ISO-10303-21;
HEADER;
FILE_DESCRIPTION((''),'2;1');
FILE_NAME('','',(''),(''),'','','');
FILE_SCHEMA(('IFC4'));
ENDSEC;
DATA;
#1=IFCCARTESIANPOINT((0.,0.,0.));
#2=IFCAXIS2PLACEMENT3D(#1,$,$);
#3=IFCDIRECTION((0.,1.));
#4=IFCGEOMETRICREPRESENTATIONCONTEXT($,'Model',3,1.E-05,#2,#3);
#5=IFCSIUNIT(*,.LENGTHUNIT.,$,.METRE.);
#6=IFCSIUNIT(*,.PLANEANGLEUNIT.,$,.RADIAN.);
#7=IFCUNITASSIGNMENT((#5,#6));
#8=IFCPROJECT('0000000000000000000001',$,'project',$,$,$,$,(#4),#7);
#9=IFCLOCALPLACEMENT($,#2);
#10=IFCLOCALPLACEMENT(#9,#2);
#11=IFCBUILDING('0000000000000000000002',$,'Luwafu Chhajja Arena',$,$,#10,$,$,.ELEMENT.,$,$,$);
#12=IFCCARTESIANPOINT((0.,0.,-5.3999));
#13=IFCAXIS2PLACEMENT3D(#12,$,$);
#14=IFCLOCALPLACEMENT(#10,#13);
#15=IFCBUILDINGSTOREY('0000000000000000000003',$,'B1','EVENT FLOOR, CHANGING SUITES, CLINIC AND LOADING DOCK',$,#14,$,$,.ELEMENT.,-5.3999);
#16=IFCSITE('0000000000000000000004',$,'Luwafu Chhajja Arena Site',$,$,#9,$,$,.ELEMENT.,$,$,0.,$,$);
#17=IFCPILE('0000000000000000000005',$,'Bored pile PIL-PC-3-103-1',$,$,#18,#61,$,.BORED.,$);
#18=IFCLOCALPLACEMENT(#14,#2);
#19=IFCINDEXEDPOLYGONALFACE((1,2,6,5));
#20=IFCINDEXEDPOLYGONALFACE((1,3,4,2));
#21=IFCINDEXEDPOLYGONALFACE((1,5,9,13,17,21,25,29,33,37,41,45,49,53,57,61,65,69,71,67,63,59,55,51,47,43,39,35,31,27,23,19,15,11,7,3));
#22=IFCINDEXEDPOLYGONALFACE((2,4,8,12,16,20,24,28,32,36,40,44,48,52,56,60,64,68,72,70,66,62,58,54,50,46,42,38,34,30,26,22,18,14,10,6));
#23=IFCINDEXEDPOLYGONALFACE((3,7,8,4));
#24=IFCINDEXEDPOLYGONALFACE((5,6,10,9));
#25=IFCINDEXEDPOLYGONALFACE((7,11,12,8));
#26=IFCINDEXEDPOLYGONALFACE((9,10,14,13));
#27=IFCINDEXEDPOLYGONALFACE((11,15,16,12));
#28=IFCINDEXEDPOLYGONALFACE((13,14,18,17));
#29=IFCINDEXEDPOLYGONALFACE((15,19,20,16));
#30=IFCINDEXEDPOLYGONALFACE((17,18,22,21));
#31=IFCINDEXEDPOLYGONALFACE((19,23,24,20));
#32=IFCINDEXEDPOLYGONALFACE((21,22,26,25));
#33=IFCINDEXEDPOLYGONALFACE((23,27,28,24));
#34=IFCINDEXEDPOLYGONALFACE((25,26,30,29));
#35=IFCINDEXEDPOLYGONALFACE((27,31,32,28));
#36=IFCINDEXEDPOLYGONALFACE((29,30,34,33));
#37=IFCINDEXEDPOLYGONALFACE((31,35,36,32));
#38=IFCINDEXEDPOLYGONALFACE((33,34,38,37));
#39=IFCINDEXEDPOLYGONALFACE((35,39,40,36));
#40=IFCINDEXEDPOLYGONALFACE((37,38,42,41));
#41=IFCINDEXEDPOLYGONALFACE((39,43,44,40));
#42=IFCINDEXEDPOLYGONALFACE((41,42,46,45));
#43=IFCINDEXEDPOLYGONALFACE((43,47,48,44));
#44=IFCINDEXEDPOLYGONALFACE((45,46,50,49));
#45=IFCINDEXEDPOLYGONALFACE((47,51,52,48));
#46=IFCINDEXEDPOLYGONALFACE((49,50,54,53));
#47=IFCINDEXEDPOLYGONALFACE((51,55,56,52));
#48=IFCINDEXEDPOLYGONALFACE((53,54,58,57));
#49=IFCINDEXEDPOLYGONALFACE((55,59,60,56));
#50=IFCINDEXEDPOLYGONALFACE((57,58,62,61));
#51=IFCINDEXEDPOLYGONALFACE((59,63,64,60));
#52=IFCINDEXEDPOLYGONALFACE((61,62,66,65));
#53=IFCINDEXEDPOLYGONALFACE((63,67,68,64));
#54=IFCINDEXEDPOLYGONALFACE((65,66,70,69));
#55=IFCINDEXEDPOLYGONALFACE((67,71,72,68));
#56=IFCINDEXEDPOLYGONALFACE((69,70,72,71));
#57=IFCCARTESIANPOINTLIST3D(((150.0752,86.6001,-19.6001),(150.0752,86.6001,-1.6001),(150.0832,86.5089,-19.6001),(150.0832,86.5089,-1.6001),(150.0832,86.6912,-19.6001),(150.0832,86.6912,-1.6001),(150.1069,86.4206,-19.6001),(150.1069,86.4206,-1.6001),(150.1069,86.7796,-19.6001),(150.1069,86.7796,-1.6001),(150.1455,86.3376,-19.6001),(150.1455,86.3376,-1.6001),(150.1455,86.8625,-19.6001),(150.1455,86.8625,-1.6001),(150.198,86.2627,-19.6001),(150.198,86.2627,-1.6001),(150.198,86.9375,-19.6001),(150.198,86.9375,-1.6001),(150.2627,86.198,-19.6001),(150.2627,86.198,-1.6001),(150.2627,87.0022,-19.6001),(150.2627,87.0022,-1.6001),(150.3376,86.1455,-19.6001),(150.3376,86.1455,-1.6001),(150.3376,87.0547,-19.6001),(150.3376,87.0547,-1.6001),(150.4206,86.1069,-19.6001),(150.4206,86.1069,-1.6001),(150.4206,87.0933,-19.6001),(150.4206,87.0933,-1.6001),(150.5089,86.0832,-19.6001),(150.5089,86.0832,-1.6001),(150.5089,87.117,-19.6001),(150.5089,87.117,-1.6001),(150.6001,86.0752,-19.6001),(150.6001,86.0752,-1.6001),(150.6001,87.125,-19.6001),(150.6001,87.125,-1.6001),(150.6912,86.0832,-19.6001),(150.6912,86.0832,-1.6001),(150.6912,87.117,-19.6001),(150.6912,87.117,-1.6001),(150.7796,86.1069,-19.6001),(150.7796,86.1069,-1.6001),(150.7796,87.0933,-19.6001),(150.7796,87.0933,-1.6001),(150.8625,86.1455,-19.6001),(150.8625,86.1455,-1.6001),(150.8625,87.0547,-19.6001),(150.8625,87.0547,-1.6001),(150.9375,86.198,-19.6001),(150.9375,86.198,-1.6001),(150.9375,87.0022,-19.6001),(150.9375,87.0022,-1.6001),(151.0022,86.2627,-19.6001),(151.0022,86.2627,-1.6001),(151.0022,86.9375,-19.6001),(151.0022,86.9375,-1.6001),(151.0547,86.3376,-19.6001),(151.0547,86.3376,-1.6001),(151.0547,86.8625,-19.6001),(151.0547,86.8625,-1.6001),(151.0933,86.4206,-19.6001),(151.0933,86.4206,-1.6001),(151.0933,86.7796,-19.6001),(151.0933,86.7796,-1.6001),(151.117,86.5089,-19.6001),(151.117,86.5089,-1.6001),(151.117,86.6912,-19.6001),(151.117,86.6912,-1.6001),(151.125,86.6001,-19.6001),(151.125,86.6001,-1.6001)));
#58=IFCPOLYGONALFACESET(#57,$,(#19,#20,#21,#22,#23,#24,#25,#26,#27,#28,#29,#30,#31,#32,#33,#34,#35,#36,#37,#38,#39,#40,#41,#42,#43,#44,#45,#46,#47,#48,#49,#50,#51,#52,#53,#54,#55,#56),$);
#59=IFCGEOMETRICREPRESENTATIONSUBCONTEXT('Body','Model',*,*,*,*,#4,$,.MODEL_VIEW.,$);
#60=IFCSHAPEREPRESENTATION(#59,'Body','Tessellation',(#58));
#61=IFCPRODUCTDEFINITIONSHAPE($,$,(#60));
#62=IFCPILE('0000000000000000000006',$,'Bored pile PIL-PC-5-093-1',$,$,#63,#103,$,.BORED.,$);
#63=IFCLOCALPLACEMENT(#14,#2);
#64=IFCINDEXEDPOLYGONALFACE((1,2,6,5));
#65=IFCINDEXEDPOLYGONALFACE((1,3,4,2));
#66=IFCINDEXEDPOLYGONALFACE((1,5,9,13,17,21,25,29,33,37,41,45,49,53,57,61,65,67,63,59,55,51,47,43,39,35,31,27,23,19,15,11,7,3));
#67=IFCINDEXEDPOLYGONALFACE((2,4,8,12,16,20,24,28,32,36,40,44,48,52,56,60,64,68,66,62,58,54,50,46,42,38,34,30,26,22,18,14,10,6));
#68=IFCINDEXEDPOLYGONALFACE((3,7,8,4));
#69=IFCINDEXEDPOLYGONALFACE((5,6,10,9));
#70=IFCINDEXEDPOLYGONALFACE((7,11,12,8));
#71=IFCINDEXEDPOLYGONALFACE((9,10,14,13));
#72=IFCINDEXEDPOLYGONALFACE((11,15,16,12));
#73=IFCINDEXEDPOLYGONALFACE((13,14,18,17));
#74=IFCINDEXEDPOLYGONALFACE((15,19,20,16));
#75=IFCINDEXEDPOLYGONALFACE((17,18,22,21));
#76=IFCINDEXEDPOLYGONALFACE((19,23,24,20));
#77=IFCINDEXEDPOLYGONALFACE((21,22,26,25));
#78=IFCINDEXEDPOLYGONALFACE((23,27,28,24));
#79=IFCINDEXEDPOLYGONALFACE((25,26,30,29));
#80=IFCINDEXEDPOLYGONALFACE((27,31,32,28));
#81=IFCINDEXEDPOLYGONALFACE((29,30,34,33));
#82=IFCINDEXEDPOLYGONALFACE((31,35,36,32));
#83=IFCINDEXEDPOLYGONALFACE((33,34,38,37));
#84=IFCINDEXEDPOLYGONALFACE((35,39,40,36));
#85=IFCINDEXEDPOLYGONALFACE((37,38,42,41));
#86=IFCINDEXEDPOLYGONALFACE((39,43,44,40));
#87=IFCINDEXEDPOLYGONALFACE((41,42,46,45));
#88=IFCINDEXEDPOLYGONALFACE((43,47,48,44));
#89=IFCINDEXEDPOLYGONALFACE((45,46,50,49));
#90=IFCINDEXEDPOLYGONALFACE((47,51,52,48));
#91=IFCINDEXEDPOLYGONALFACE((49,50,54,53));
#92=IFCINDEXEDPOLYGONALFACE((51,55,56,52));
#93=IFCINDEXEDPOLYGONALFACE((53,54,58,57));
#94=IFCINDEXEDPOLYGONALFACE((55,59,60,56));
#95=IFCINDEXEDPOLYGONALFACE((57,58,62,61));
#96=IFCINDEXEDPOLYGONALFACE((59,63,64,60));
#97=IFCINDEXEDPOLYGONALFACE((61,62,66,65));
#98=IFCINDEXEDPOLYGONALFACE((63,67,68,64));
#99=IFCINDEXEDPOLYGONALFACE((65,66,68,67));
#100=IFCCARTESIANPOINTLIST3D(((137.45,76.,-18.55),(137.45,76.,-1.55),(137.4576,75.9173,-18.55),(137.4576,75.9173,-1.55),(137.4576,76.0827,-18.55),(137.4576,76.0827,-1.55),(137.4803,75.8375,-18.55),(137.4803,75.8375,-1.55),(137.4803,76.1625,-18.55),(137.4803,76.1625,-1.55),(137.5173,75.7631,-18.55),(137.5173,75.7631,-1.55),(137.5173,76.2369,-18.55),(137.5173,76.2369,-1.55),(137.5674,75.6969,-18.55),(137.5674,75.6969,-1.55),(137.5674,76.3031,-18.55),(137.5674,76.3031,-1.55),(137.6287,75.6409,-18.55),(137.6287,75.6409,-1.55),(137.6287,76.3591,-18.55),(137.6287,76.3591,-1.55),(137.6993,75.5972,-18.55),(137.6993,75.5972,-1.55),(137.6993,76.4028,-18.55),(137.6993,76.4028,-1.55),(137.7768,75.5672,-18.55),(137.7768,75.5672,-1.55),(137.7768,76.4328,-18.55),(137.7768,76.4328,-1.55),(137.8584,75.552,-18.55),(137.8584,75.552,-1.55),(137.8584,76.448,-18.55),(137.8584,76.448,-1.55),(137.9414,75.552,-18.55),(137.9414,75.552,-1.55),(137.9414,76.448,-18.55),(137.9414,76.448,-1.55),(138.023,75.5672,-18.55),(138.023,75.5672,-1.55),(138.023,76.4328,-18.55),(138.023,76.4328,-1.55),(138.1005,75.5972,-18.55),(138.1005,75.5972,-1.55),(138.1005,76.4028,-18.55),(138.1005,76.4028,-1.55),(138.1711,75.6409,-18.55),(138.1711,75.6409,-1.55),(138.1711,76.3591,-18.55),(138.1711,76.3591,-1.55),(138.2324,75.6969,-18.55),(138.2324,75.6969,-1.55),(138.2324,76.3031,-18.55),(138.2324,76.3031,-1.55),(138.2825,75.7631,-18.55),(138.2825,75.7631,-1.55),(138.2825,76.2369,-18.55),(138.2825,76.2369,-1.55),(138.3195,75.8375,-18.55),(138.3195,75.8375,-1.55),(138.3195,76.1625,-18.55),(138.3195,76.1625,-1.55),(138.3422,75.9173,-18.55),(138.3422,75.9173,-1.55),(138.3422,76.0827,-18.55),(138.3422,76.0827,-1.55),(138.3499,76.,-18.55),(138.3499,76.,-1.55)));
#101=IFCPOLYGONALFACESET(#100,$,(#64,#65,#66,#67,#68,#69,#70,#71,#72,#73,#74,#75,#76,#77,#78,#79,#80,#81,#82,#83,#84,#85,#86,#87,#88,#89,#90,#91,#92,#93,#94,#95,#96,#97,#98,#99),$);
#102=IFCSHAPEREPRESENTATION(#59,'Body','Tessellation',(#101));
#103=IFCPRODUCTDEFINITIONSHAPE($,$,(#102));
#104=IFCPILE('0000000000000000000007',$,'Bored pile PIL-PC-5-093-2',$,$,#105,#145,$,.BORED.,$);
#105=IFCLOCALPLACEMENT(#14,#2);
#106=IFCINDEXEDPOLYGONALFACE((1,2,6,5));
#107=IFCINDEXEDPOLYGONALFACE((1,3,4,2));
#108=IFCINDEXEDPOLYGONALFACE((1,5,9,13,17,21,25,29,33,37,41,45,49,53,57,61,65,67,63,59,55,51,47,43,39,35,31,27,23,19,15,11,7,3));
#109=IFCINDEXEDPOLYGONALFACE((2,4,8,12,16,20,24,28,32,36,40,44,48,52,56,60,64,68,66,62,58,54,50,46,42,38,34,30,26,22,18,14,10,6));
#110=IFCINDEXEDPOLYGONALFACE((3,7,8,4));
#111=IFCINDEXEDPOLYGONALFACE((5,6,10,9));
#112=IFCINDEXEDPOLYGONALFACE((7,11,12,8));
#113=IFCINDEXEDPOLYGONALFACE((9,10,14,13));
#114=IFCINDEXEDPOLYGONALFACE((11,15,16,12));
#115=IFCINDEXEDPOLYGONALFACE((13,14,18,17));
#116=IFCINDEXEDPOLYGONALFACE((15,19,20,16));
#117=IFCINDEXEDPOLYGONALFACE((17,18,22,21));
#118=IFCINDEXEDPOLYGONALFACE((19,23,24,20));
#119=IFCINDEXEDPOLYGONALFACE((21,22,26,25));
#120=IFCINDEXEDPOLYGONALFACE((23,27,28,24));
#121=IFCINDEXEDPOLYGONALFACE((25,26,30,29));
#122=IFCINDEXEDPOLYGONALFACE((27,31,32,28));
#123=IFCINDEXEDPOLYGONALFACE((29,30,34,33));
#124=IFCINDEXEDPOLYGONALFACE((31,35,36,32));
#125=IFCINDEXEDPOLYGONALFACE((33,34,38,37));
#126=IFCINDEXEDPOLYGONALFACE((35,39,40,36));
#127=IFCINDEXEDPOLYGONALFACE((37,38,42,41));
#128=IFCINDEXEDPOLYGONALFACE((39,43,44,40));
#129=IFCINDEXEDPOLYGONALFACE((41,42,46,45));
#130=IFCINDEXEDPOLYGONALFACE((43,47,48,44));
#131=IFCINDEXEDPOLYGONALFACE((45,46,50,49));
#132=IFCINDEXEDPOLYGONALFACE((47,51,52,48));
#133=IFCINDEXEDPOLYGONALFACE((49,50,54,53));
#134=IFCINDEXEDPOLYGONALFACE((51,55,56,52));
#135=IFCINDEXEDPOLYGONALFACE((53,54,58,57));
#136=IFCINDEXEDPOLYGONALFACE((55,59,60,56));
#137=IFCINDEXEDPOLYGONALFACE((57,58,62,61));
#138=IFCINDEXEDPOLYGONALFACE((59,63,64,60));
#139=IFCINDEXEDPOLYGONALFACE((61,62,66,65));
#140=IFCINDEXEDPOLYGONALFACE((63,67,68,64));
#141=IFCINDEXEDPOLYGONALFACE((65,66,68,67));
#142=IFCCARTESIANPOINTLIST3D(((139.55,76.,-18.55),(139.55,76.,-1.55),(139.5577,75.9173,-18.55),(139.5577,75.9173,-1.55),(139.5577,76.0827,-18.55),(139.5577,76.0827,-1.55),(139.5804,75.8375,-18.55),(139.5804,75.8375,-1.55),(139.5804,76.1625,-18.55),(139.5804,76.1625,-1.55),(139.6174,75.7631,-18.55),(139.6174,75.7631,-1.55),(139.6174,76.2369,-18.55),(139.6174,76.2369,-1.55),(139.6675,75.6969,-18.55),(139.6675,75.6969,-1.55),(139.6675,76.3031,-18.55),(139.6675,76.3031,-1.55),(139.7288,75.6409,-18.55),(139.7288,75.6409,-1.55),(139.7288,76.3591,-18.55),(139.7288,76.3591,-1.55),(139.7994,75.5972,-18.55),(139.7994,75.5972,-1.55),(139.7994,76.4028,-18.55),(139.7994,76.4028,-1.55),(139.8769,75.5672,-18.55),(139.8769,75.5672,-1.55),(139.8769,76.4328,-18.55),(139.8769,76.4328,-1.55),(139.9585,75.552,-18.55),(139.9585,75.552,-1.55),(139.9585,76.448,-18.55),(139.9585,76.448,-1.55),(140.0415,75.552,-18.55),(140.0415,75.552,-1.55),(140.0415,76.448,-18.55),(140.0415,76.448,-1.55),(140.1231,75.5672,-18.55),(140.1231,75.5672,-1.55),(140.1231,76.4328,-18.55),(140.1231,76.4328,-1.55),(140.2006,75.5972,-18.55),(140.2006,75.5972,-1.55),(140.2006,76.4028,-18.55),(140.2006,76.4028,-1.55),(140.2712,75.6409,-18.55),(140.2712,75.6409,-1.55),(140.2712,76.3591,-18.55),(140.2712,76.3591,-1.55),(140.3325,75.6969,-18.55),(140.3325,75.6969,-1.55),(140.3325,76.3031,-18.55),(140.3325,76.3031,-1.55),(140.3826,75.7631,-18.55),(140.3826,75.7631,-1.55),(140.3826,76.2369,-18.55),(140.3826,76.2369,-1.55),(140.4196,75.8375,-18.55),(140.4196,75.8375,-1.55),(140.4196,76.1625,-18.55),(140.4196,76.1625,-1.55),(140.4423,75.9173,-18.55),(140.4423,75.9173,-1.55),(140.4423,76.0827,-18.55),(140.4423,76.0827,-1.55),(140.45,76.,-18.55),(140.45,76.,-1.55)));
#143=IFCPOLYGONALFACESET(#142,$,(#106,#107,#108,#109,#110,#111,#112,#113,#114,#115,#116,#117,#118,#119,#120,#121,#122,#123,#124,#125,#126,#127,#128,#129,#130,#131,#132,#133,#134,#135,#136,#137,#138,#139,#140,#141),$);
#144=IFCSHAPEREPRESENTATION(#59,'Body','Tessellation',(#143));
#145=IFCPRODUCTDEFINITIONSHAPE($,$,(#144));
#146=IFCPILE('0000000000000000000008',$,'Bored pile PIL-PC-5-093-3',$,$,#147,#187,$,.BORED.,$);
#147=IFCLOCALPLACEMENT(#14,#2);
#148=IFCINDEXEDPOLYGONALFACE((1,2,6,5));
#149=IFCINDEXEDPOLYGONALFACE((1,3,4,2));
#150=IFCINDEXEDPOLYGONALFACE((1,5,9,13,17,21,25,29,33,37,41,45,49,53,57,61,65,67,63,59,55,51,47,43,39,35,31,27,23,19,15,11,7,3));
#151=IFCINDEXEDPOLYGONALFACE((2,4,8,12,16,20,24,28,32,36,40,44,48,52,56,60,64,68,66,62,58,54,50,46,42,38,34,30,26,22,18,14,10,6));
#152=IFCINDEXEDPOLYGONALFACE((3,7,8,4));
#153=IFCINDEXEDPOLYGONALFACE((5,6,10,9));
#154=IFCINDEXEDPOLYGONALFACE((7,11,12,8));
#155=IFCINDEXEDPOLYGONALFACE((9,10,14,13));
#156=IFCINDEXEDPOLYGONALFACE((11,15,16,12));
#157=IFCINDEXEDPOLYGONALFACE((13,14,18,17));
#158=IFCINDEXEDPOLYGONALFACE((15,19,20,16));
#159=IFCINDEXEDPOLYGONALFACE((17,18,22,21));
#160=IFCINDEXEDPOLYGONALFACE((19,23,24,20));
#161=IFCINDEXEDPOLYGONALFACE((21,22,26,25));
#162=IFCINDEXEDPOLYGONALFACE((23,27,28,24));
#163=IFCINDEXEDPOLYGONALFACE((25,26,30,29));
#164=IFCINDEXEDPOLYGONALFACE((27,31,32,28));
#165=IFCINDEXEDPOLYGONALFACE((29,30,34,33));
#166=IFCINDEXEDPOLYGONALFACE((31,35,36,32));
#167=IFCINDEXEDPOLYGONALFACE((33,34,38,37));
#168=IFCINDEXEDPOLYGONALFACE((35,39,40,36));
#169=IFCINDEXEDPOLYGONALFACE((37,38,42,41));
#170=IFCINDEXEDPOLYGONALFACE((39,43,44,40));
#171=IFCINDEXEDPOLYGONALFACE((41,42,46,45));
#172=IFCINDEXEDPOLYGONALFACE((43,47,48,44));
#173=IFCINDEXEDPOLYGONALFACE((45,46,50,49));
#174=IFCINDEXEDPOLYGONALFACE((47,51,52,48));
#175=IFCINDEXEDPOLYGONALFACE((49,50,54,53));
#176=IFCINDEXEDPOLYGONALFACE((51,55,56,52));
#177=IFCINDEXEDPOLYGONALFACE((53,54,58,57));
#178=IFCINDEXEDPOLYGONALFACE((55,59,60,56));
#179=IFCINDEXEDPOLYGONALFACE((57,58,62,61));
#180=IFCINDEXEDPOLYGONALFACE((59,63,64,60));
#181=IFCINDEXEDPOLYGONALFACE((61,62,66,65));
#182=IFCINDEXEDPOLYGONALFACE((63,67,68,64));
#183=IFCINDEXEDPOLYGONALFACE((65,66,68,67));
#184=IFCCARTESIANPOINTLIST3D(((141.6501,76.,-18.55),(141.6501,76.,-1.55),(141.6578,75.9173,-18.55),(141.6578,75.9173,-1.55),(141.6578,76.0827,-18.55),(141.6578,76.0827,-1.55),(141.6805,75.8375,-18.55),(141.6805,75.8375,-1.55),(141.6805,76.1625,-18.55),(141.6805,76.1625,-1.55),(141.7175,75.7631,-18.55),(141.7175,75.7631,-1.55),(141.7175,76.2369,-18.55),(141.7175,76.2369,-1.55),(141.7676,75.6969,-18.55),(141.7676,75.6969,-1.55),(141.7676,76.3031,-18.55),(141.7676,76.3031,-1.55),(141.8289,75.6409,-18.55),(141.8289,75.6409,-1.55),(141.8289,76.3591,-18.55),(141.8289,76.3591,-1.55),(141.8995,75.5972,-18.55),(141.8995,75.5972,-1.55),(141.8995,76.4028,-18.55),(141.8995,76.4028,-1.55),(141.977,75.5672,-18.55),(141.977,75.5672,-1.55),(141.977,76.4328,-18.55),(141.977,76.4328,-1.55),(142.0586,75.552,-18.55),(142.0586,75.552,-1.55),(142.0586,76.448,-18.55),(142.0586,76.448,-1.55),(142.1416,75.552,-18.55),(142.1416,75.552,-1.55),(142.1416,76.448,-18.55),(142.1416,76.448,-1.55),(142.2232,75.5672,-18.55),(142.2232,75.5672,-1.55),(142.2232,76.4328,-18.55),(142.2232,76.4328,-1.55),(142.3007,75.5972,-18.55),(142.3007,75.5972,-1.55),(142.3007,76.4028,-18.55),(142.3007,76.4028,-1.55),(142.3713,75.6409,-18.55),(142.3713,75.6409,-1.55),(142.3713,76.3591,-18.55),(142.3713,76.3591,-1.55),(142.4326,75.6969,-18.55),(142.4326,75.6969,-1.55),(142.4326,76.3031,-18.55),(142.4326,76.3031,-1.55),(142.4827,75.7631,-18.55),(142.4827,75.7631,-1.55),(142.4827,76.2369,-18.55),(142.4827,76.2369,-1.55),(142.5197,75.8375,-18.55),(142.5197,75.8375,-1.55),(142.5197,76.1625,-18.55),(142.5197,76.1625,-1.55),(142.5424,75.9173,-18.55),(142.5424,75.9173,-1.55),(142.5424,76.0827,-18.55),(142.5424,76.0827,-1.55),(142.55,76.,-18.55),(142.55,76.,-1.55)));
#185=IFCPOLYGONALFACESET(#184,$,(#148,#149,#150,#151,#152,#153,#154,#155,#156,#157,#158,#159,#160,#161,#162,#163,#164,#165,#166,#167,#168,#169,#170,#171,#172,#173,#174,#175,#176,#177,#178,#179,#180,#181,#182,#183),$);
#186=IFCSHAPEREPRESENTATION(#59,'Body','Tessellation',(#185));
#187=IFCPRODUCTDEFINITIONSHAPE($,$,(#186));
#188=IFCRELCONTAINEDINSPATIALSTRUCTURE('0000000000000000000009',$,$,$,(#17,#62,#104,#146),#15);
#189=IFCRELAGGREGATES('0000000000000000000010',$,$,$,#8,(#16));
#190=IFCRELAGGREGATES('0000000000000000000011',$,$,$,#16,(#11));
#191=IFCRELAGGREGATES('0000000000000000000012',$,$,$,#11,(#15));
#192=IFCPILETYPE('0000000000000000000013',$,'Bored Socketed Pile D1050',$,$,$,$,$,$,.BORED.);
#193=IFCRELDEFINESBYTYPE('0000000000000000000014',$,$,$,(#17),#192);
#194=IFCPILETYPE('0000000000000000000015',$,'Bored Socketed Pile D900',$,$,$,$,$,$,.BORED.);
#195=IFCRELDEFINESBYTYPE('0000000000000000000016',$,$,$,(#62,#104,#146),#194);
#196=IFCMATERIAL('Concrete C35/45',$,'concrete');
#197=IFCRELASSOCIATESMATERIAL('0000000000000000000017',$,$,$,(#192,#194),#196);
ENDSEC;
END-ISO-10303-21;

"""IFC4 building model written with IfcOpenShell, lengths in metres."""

from ifc_helpers import new_model, si_unit, direction, frame, origin, origin_2d, place, context, subcontext, project, spatial, circle, extrude, material, material_profile, profile_set, type_object, element, save


model = new_model("IFC4")

# Units and contexts
model_context = context("Model", 3, precision=1e-05, world=origin(), true_north=direction((0.0, 1.0)))
body_context = subcontext(model_context, "Body", "Model", "MODEL_VIEW")
ifc_project = project(units=[si_unit("LENGTHUNIT", "METRE"), si_unit("PLANEANGLEUNIT", "RADIAN")], contexts=[model_context])

# Site, building, storey
site_placement = place(None, origin())
site = spatial("IfcSite", under=ifc_project, at=site_placement, Name="Luwafu Chhajja Arena Site", CompositionType="ELEMENT", RefElevation=0.0)
building_placement = place(site_placement, origin())
building = spatial("IfcBuilding", under=site, at=building_placement, Name="Luwafu Chhajja Arena", CompositionType="ELEMENT")
storey_placement = place(building_placement, frame((0.0, 0.0, -5.3999)))
storey = spatial("IfcBuildingStorey", under=building, at=storey_placement, Name="B1", Description="EVENT FLOOR, CHANGING SUITES, CLINIC AND LOADING DOCK", CompositionType="ELEMENT", Elevation=-5.3999)

# Piles
ifc_material_1 = material(Name="Concrete C35/45", Category="concrete")
ifc_material_profile_1 = material_profile(ifc_material_1, circle(Radius=0.5249, at=origin_2d()), Name="PILE D1050")
ifc_profile_set_1 = profile_set([ifc_material_profile_1], Name="Concrete C35/45")
pile_type_1 = type_object("IfcPileType", Name="Bored Socketed Pile D1050", PredefinedType="BORED", material=ifc_profile_set_1)
for number, where, z_axis, x_axis, name in (
    (1, (150.6001, 86.6001, -1.6001), (0.0, 0.0, -1.0), (1.0, 0.0, 0.0), "Bored pile PIL-PC-3-103-1"),
):
    element("IfcPile", number, at=place(storey_placement, frame(where, z_axis=z_axis, x_axis=x_axis)), inside=storey, type_object=pile_type_1, Name=name, PredefinedType="BORED", context=body_context, shape_type="SweptSolid", body=[
        extrude(circle(Radius=0.5249, at=origin_2d()), origin(), (0.0, 0.0, 1.0), 18.0),
    ])
ifc_material_profile_2 = material_profile(ifc_material_1, circle(Radius=0.45, at=origin_2d()), Name="PILE D900")
ifc_profile_set_2 = profile_set([ifc_material_profile_2], Name="Concrete C35/45")
pile_type_2 = type_object("IfcPileType", Name="Bored Socketed Pile D900", PredefinedType="BORED", material=ifc_profile_set_2)
for number, where, z_axis, x_axis, name in (
    (2, (137.8999, 76.0, -1.55), (0.0, 0.0, -1.0), (1.0, 0.0, 0.0), "Bored pile PIL-PC-5-093-1"),
    (3, (140.0, 76.0, -1.55), (0.0, 0.0, -1.0), (1.0, 0.0, 0.0), "Bored pile PIL-PC-5-093-2"),
    (4, (142.1001, 76.0, -1.55), (0.0, 0.0, -1.0), (1.0, 0.0, 0.0), "Bored pile PIL-PC-5-093-3"),
):
    element("IfcPile", number, at=place(storey_placement, frame(where, z_axis=z_axis, x_axis=x_axis)), inside=storey, type_object=pile_type_2, Name=name, PredefinedType="BORED", context=body_context, shape_type="SweptSolid", body=[
        extrude(circle(Radius=0.45, at=origin_2d()), origin(), (0.0, 0.0, 1.0), 17.0),
    ])

save(model, "model.ifc")
